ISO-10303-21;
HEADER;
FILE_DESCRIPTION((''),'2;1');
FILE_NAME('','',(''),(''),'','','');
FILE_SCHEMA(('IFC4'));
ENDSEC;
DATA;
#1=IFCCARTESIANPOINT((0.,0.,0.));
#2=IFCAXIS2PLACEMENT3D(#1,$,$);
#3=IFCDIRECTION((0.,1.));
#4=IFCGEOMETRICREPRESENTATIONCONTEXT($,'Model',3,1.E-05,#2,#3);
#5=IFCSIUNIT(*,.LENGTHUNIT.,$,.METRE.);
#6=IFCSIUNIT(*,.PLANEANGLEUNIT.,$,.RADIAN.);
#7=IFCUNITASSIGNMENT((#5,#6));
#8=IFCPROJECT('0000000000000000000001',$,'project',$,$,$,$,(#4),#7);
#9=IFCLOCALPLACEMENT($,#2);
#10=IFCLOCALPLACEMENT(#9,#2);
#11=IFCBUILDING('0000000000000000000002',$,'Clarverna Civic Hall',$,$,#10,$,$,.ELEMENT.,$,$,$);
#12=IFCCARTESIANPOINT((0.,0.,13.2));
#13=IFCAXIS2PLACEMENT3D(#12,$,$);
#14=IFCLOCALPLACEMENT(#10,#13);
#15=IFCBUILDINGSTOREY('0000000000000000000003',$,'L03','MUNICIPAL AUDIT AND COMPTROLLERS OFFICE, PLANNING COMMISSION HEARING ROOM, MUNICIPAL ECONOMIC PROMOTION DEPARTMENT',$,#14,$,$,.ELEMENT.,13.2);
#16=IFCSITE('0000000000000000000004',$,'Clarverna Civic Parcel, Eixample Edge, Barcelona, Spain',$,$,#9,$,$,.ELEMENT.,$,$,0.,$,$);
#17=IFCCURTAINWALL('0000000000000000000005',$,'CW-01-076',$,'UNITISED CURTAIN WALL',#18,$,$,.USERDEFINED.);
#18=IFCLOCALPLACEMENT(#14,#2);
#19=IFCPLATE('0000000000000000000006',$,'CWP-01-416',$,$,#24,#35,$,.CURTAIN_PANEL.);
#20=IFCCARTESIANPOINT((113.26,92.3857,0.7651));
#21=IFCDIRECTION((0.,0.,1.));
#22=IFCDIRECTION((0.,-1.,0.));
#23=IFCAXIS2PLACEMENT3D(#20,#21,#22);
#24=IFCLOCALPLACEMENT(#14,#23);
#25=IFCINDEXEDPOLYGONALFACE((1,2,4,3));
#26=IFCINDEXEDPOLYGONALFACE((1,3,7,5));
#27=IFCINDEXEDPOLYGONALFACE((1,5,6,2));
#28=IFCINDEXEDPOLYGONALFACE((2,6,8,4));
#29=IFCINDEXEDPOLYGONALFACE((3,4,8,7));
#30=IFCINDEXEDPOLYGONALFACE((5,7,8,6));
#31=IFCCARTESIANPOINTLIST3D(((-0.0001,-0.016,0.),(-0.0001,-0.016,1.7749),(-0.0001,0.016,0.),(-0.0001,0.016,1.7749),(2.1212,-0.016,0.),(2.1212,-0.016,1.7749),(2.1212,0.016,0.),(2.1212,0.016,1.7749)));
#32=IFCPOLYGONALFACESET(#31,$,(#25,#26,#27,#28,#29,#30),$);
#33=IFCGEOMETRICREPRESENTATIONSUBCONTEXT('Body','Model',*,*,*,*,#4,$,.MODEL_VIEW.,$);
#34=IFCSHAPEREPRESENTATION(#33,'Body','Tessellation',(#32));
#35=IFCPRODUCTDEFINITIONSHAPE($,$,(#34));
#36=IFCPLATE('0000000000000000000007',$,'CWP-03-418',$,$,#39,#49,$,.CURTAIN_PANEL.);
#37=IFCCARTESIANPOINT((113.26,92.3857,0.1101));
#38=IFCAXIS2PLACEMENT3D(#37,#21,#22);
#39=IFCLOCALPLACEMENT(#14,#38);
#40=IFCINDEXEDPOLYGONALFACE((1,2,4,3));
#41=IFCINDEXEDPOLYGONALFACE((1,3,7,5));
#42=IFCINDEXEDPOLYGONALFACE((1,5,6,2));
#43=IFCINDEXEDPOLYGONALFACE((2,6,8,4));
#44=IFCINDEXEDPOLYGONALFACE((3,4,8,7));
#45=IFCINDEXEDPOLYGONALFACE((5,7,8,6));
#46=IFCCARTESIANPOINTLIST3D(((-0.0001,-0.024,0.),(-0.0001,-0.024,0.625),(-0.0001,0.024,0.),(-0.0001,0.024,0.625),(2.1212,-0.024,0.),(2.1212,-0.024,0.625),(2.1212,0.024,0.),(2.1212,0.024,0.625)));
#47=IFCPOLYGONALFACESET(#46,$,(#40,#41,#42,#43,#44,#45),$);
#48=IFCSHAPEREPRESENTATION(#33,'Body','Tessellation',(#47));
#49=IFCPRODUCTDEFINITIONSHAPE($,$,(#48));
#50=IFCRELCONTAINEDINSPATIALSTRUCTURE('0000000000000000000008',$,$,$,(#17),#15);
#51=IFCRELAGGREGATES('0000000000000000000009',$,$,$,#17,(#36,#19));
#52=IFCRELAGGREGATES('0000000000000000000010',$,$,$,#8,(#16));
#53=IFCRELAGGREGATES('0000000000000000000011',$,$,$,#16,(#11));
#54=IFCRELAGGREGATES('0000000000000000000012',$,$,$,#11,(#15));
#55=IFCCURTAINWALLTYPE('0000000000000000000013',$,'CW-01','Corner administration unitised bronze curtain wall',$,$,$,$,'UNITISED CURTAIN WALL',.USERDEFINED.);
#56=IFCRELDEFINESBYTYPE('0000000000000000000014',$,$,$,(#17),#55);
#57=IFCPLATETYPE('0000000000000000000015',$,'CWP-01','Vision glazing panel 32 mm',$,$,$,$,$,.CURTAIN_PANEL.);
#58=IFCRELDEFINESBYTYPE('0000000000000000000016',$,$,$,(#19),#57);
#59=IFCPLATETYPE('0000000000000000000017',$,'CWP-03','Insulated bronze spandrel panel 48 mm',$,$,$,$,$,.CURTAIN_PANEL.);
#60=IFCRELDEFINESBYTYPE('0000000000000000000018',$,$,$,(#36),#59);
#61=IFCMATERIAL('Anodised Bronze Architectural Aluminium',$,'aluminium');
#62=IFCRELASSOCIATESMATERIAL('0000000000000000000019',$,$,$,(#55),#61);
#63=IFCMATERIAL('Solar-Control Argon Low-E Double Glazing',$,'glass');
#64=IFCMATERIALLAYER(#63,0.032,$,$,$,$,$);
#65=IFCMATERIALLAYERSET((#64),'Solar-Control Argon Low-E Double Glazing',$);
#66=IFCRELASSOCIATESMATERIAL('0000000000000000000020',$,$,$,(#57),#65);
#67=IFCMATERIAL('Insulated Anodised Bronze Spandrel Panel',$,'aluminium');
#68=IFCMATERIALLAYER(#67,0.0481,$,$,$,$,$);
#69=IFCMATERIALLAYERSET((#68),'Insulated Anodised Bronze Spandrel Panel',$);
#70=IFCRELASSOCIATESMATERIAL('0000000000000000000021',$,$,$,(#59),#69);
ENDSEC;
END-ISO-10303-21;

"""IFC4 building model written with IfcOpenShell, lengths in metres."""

from ifc_helpers import new_model, si_unit, direction, frame, frame_2d, origin, place, context, subcontext, project, spatial, rectangle, extrude, material, layer, layer_set, type_object, element, aggregate, save


model = new_model("IFC4")

# Units and contexts
model_context = context("Model", 3, precision=1e-05, world=origin(), true_north=direction((0.0, 1.0)))
body_context = subcontext(model_context, "Body", "Model", "MODEL_VIEW")
ifc_project = project(units=[si_unit("LENGTHUNIT", "METRE"), si_unit("PLANEANGLEUNIT", "RADIAN")], contexts=[model_context])

# Site, building, storey
site_placement = place(None, origin())
site = spatial("IfcSite", under=ifc_project, at=site_placement, Name="Clarverna Civic Parcel, Eixample Edge, Barcelona, Spain", CompositionType="ELEMENT", RefElevation=0.0)
building_placement = place(site_placement, origin())
building = spatial("IfcBuilding", under=site, at=building_placement, Name="Clarverna Civic Hall", CompositionType="ELEMENT")
storey_placement = place(building_placement, frame((0.0, 0.0, 13.2)))
storey = spatial("IfcBuildingStorey", under=building, at=storey_placement, Name="L03", Description="MUNICIPAL AUDIT AND COMPTROLLERS OFFICE, PLANNING COMMISSION HEARING ROOM, MUNICIPAL ECONOMIC PROMOTION DEPARTMENT", CompositionType="ELEMENT", Elevation=13.2)

# Curtain wall
ifc_material_1 = material(Name="Anodised Bronze Architectural Aluminium", Category="aluminium")
curtain_wall_type = type_object("IfcCurtainWallType", Name="CW-01", Description="Corner administration unitised bronze curtain wall", ElementType="UNITISED CURTAIN WALL", PredefinedType="USERDEFINED", material=ifc_material_1)
curtain_wall_placement = place(storey_placement, origin())
curtain_wall = element("IfcCurtainWall", 1, at=curtain_wall_placement, inside=storey, type_object=curtain_wall_type, Name="CW-01-076", ObjectType="UNITISED CURTAIN WALL", PredefinedType="USERDEFINED")

# Plates
ifc_material_2 = material(Name="Solar-Control Argon Low-E Double Glazing", Category="glass")
ifc_layer_1 = layer(ifc_material_2, 0.032)
ifc_layer_set_1 = layer_set([ifc_layer_1], Name="Solar-Control Argon Low-E Double Glazing")
plate_type_1 = type_object("IfcPlateType", Name="CWP-01", Description="Vision glazing panel 32 mm", PredefinedType="CURTAIN_PANEL", material=ifc_layer_set_1)
plate_1_placement = place(storey_placement, frame((113.26, 92.3857, 0.7651), z_axis=(0.0, 0.0, 1.0), x_axis=(0.0, -1.0, 0.0)))
plate_1 = element("IfcPlate", 2, at=plate_1_placement, type_object=plate_type_1, Name="CWP-01-416", PredefinedType="CURTAIN_PANEL", context=body_context, shape_type="SweptSolid", body=[
    extrude(rectangle(XDim=2.1213, YDim=0.032, at=frame_2d((1.0605, 0.0))), origin(), (0.0, 0.0, 1.0), 1.7749),
])
ifc_material_3 = material(Name="Insulated Anodised Bronze Spandrel Panel", Category="aluminium")
ifc_layer_2 = layer(ifc_material_3, 0.0481)
ifc_layer_set_2 = layer_set([ifc_layer_2], Name="Insulated Anodised Bronze Spandrel Panel")
plate_type_2 = type_object("IfcPlateType", Name="CWP-03", Description="Insulated bronze spandrel panel 48 mm", PredefinedType="CURTAIN_PANEL", material=ifc_layer_set_2)
plate_2_placement = place(storey_placement, frame((113.26, 92.3857, 0.1101), z_axis=(0.0, 0.0, 1.0), x_axis=(0.0, -1.0, 0.0)))
plate_2 = element("IfcPlate", 3, at=plate_2_placement, type_object=plate_type_2, Name="CWP-03-418", PredefinedType="CURTAIN_PANEL", context=body_context, shape_type="SweptSolid", body=[
    extrude(rectangle(XDim=2.1213, YDim=0.0481, at=frame_2d((1.0605, 0.0))), origin(), (0.0, 0.0, 1.0), 0.625),
])
aggregate(curtain_wall, [plate_2, plate_1])

save(model, "model.ifc")
